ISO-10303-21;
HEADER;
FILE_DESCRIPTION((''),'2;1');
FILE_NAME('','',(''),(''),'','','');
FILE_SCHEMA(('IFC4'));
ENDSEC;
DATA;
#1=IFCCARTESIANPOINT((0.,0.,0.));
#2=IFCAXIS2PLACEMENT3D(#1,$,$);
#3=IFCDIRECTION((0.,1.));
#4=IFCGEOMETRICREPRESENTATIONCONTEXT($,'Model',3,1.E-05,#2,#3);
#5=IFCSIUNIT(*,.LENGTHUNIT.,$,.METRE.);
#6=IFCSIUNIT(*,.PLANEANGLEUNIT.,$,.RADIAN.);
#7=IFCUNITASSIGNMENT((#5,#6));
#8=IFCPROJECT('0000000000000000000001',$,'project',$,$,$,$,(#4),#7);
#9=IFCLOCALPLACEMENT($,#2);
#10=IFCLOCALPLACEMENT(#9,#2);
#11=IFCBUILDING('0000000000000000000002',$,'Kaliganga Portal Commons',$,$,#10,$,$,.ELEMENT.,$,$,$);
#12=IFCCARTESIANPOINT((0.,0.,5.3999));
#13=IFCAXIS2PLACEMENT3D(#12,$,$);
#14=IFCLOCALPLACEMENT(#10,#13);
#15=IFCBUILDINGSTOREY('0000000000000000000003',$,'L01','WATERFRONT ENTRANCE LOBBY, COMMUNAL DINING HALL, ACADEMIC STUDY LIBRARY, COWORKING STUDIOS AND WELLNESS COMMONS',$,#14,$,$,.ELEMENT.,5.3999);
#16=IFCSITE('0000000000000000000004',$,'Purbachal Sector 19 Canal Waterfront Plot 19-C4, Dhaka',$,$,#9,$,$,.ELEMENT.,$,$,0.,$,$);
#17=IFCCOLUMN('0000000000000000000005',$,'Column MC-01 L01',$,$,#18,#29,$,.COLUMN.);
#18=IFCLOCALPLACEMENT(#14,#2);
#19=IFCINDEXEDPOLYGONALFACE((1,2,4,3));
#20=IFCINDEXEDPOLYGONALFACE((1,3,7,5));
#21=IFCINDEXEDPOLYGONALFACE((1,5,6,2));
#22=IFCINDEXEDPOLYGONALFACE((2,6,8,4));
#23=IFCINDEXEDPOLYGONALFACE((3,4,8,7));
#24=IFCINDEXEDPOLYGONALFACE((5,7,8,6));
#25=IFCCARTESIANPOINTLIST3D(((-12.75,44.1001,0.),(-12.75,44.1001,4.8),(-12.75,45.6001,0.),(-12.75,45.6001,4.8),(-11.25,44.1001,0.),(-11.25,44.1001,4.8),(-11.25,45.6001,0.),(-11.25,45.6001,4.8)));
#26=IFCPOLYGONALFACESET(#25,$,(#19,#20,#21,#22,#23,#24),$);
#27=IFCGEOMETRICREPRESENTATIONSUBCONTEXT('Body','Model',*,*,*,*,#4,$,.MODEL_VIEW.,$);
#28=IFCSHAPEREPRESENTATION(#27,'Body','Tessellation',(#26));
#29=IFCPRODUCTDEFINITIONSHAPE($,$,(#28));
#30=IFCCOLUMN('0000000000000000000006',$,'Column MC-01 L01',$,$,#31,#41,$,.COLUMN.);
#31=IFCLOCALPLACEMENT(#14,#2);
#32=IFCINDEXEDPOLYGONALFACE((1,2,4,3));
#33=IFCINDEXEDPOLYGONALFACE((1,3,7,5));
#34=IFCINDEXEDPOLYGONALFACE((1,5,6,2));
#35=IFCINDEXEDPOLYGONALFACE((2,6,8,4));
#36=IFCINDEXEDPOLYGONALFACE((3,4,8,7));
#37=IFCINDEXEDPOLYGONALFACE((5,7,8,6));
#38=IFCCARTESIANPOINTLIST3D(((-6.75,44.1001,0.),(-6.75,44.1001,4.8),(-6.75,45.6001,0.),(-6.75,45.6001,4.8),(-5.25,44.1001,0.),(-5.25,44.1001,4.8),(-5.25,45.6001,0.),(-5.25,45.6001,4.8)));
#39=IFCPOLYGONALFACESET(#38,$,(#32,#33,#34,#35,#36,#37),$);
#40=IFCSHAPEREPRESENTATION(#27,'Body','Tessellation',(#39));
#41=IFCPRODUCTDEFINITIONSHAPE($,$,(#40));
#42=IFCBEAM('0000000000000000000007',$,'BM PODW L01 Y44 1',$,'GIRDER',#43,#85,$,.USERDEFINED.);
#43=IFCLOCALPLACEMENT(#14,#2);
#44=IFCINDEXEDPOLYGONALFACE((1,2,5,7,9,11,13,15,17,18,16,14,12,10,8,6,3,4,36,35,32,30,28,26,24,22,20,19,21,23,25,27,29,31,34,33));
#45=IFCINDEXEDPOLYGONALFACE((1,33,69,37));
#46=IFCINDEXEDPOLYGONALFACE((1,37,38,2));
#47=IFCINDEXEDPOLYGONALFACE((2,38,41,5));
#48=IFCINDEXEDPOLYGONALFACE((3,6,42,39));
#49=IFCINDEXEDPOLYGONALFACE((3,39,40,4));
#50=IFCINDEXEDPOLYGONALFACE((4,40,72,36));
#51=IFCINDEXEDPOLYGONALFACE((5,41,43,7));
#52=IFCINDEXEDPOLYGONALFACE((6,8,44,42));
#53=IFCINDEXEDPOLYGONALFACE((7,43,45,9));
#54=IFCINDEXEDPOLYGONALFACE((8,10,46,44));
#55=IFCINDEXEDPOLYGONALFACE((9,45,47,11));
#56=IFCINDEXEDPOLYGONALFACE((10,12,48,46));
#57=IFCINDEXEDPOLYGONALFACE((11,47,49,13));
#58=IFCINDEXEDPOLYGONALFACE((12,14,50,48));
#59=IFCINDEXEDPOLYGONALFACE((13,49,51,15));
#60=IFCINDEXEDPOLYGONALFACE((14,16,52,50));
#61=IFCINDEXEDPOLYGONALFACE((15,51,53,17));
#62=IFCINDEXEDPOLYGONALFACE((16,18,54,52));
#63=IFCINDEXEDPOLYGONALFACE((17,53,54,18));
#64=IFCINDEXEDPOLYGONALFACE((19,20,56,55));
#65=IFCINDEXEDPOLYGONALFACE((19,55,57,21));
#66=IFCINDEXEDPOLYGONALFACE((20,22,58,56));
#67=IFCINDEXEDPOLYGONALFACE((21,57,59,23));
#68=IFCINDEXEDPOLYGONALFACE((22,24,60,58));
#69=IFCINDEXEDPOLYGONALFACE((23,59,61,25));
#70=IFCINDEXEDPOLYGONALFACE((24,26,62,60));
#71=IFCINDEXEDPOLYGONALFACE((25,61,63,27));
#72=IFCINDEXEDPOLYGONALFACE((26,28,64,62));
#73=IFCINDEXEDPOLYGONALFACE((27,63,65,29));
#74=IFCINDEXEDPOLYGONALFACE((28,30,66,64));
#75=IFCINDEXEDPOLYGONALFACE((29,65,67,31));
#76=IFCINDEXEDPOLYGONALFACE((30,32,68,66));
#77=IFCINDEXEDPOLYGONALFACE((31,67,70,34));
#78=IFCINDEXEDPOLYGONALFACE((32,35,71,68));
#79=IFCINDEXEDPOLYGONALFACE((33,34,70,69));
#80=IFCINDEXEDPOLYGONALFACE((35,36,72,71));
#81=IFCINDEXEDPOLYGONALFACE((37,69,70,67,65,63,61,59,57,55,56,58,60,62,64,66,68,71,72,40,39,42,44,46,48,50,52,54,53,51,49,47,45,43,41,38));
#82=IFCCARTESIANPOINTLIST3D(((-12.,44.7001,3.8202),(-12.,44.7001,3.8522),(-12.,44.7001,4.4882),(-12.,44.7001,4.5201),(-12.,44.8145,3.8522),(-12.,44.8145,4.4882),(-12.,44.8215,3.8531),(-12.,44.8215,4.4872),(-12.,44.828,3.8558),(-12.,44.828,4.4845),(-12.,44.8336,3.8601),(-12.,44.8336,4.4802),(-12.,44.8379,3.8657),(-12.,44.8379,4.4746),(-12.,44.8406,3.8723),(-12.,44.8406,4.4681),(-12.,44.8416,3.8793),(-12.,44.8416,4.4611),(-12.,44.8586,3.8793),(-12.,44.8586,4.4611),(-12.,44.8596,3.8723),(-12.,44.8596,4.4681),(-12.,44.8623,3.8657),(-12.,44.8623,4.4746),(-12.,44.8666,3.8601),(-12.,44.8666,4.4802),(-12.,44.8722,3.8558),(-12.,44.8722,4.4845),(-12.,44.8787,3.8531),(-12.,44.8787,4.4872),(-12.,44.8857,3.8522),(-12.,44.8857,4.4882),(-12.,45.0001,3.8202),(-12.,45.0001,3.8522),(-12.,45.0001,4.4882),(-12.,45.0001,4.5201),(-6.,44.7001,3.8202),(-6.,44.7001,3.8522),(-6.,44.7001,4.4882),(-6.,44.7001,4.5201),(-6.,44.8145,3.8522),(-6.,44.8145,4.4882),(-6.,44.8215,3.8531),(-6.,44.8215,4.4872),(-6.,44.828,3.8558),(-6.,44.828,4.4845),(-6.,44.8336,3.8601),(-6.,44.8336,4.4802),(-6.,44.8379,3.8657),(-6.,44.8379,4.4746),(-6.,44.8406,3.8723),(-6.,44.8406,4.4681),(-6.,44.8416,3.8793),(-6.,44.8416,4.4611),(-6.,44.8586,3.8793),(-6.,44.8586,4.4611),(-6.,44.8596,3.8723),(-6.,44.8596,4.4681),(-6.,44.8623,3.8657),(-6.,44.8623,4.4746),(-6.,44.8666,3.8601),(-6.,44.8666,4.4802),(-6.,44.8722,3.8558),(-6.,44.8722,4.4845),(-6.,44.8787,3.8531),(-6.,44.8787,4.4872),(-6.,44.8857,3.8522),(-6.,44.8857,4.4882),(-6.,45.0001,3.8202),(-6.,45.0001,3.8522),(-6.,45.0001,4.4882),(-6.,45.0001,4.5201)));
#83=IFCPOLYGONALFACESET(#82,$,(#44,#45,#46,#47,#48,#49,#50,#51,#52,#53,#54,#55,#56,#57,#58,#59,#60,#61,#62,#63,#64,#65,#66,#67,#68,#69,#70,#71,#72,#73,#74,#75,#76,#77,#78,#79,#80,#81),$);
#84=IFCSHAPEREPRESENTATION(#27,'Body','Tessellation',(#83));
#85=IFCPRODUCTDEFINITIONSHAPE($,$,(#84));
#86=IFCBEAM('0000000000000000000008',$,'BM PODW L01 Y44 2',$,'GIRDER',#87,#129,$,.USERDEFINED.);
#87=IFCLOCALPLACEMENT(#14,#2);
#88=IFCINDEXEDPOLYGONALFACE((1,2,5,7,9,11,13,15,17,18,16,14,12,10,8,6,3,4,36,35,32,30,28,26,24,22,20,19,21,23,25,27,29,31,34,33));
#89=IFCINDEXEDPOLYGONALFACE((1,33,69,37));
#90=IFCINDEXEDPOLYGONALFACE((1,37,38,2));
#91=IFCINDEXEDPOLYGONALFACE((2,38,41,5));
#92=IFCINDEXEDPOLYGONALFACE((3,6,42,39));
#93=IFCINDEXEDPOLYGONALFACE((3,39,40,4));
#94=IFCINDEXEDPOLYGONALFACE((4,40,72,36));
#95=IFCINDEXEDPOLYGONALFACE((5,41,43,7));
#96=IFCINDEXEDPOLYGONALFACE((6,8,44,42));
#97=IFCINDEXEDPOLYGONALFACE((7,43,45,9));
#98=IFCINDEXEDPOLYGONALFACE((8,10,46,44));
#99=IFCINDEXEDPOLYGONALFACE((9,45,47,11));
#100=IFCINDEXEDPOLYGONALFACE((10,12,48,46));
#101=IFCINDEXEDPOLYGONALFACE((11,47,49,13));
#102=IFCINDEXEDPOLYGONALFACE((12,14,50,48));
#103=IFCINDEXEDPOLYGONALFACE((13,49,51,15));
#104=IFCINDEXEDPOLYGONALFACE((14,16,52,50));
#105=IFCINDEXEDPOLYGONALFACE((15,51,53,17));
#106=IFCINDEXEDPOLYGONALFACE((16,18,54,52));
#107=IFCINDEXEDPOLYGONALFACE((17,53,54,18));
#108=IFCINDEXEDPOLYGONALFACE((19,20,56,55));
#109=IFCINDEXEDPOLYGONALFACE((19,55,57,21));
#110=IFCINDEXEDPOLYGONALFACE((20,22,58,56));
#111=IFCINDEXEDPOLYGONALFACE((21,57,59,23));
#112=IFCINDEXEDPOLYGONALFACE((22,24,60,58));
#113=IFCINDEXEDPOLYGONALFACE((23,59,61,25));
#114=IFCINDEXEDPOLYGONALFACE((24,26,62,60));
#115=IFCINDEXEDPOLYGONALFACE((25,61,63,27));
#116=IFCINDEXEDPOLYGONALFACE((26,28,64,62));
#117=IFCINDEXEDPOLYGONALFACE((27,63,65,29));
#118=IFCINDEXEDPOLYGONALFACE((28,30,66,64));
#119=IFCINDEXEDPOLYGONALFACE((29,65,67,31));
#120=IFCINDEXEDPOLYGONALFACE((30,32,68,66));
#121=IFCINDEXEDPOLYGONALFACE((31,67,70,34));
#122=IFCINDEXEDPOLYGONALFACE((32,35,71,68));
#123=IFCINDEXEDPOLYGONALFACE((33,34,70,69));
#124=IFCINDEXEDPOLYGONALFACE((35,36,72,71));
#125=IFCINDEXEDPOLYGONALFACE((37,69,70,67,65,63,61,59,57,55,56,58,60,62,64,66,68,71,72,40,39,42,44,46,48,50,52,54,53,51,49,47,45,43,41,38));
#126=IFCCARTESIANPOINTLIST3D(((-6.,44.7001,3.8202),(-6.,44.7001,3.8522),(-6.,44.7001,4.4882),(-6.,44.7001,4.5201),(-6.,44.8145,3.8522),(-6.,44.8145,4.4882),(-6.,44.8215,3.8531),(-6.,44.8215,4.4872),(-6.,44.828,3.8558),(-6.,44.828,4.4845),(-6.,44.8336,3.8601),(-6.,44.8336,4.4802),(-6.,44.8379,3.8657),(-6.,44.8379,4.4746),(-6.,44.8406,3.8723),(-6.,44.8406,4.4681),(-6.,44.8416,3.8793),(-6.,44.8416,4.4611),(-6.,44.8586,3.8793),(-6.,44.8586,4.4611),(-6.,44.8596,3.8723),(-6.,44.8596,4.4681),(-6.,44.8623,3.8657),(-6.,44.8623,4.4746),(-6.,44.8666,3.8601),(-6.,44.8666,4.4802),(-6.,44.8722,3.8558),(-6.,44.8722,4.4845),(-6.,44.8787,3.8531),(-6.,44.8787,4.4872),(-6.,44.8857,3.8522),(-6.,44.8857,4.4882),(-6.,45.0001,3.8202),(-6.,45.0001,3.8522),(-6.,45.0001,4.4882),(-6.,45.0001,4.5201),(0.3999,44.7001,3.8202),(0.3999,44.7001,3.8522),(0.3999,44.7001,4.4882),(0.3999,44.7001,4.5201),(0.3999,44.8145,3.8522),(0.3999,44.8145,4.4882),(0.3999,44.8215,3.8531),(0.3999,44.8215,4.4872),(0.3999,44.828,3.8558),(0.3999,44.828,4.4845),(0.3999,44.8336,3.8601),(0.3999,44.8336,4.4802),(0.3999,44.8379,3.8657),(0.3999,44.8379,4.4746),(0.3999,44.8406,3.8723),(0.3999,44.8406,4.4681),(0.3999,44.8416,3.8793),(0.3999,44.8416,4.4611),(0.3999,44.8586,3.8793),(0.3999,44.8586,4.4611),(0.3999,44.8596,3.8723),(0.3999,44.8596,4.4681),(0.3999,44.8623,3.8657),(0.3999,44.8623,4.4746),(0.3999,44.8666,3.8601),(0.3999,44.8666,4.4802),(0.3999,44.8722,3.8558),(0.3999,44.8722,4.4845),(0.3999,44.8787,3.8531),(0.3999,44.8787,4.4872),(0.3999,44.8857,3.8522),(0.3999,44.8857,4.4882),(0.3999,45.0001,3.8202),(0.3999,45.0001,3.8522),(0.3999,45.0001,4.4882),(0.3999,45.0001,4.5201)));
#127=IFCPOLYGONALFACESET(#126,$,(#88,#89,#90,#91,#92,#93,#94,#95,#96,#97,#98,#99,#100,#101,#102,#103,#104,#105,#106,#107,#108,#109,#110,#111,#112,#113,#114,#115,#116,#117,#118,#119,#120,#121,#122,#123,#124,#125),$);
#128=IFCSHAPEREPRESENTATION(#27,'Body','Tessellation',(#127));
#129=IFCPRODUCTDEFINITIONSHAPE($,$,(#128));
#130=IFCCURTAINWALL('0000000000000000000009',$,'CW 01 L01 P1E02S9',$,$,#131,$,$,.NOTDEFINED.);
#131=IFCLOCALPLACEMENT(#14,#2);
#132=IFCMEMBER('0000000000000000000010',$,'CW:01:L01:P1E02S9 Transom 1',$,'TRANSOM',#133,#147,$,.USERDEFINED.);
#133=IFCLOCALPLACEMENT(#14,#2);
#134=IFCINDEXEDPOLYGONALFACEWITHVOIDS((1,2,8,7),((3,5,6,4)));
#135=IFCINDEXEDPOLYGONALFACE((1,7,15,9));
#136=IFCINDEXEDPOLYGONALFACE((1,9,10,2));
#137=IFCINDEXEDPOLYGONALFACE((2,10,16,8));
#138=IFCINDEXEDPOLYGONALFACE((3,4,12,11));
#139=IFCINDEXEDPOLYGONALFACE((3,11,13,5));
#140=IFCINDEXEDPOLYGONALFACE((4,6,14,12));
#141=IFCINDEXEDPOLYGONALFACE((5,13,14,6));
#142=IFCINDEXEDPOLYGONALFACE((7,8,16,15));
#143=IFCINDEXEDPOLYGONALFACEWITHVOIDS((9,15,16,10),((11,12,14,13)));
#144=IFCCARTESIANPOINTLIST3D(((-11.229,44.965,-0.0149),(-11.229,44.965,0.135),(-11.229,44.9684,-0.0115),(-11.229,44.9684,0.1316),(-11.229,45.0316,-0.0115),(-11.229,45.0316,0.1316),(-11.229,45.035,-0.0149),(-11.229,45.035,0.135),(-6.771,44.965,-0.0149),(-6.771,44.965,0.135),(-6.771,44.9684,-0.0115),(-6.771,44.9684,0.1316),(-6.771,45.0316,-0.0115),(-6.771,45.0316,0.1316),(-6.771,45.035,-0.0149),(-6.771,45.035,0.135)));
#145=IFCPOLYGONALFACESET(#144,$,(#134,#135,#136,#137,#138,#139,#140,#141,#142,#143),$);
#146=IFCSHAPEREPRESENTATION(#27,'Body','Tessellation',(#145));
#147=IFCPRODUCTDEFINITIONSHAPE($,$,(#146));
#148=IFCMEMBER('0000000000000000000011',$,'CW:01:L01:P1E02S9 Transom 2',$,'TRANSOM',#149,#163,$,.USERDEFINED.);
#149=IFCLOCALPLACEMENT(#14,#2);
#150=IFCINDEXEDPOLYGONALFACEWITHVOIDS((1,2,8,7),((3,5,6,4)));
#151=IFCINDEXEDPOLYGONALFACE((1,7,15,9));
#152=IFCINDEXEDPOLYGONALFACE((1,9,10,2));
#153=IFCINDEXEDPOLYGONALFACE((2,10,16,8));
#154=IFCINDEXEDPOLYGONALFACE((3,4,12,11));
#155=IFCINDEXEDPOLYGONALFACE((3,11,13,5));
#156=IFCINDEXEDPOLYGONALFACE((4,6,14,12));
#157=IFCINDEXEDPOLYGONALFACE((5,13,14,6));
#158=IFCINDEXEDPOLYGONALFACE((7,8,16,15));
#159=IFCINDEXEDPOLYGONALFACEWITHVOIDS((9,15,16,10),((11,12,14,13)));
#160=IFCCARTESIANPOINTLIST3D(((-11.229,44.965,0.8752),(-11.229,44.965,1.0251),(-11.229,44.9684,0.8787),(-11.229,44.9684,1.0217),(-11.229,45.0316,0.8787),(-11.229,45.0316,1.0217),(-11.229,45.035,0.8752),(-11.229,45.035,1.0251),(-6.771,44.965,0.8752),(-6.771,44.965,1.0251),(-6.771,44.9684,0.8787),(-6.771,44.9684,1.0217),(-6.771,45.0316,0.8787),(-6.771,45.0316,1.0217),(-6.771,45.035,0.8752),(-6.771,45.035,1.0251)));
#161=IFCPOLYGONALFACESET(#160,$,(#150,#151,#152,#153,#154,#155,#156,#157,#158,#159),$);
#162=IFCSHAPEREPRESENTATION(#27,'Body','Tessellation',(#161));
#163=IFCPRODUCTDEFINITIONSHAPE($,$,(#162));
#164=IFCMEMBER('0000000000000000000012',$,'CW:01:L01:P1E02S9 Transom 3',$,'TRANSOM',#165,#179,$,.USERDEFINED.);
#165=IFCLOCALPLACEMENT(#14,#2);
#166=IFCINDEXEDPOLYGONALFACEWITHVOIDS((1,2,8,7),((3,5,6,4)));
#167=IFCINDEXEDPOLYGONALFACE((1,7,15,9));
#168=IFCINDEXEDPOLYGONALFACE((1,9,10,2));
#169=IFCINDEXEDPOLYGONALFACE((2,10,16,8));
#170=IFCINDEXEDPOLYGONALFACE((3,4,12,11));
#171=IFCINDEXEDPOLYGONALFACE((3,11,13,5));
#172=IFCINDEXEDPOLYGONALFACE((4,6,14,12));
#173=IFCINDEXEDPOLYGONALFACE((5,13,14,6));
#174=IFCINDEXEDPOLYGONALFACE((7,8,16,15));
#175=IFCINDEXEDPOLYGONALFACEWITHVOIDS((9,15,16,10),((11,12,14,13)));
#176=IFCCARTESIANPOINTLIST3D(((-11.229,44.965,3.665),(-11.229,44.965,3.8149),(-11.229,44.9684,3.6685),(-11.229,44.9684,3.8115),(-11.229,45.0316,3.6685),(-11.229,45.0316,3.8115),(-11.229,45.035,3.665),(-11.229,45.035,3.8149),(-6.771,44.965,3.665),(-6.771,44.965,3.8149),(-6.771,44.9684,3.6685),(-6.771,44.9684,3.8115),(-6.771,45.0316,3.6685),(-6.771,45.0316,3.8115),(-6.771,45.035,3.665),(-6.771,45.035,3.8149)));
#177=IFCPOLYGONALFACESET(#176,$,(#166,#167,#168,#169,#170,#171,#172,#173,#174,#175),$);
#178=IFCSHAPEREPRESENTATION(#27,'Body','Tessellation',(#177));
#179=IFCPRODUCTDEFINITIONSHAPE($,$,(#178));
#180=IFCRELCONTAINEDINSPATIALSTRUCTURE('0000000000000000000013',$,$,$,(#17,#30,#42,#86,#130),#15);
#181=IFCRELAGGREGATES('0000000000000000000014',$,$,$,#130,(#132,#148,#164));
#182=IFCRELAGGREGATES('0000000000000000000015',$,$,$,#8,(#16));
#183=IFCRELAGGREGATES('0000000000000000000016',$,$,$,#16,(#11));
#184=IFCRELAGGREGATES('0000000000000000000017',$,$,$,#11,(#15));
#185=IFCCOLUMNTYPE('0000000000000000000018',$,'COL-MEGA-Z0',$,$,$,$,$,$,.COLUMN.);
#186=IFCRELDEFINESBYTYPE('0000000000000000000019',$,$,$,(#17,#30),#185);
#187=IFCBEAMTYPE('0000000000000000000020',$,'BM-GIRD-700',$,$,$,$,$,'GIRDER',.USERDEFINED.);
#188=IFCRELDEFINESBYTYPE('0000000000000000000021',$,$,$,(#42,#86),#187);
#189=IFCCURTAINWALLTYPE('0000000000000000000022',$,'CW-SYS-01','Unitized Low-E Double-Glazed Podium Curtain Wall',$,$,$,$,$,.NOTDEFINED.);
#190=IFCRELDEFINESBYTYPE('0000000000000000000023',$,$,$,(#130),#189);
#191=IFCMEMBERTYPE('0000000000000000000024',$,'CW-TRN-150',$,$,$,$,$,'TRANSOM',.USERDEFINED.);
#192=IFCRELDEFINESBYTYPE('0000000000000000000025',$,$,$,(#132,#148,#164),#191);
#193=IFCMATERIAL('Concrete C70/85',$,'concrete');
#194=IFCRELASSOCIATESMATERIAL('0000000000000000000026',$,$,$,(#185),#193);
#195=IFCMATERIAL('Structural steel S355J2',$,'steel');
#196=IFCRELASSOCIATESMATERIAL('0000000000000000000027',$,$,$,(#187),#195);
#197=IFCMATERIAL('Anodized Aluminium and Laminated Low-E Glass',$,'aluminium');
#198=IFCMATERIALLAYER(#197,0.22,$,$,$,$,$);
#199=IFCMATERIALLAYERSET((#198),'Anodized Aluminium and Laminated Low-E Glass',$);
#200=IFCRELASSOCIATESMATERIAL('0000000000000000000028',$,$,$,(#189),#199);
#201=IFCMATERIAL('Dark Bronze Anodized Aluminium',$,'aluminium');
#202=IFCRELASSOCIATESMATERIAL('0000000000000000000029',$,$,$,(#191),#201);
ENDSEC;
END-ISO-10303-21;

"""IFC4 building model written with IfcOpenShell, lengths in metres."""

from ifc_helpers import new_model, si_unit, direction, frame, origin, origin_2d, place, context, subcontext, project, spatial, rectangle, hollow_rectangle, i_section, extrude, source, transform, mapped, material, layer, layer_set, material_profile, profile_set, type_object, element, aggregate, save


model = new_model("IFC4")

# Units and contexts
model_context = context("Model", 3, precision=1e-05, world=origin(), true_north=direction((0.0, 1.0)))
body_context = subcontext(model_context, "Body", "Model", "MODEL_VIEW")
ifc_project = project(units=[si_unit("LENGTHUNIT", "METRE"), si_unit("PLANEANGLEUNIT", "RADIAN")], contexts=[model_context])

# Site, building, storey
site_placement = place(None, origin())
site = spatial("IfcSite", under=ifc_project, at=site_placement, Name="Purbachal Sector 19 Canal Waterfront Plot 19-C4, Dhaka", CompositionType="ELEMENT", RefElevation=0.0)
building_placement = place(site_placement, origin())
building = spatial("IfcBuilding", under=site, at=building_placement, Name="Kaliganga Portal Commons", CompositionType="ELEMENT")
storey_placement = place(building_placement, frame((0.0, 0.0, 5.3999)))
storey = spatial("IfcBuildingStorey", under=building, at=storey_placement, Name="L01", Description="WATERFRONT ENTRANCE LOBBY, COMMUNAL DINING HALL, ACADEMIC STUDY LIBRARY, COWORKING STUDIOS AND WELLNESS COMMONS", CompositionType="ELEMENT", Elevation=5.3999)

# Columns
ifc_material_1 = material(Name="Concrete C70/85", Category="concrete")
ifc_material_profile_1 = material_profile(ifc_material_1, rectangle(XDim=1.5, YDim=1.5, at=origin_2d()), Name="RC 1500x1500")
ifc_profile_set_1 = profile_set([ifc_material_profile_1], Name="Concrete C70/85")
column_type = type_object("IfcColumnType", Name="COL-MEGA-Z0", PredefinedType="COLUMN", material=ifc_profile_set_1)
shared_shape_1 = source(origin(), body_context, "Body", "SweptSolid", [
    extrude(rectangle(XDim=1.5, YDim=1.5, at=origin_2d()), origin(), (0.0, 0.0, 1.0), 4.8),
])
for number, where, z_axis, x_axis, name in (
    (1, (-12.0, 44.8501, 0.0), (0.0, 0.0, 1.0), (1.0, 0.0, 0.0), "Column MC-01 L01"),
    (2, (-6.0, 44.8501, 0.0), (0.0, 0.0, 1.0), (1.0, 0.0, 0.0), "Column MC-01 L01"),
):
    element("IfcColumn", number, at=place(storey_placement, frame(where, z_axis=z_axis, x_axis=x_axis)), inside=storey, type_object=column_type, Name=name, PredefinedType="COLUMN", context=body_context, shape_type="MappedRepresentation", body=[
        mapped(shared_shape_1, transform((0.0, 0.0, 0.0), x_axis=(1.0, 0.0, 0.0), y_axis=(0.0, 1.0, 0.0), z_axis=(0.0, 0.0, 1.0), scale=1.0)),
    ])

# Beams
ifc_material_2 = material(Name="Structural steel S355J2", Category="steel")
ifc_material_profile_2 = material_profile(ifc_material_2, i_section(OverallWidth=0.3, OverallDepth=0.7, WebThickness=0.0171, FlangeThickness=0.032, FilletRadius=0.0271, at=origin_2d()), Name="HE 700 B")
ifc_profile_set_2 = profile_set([ifc_material_profile_2], Name="Structural steel S355J2 wide-flange")
beam_type = type_object("IfcBeamType", Name="BM-GIRD-700", ElementType="GIRDER", PredefinedType="USERDEFINED", material=ifc_profile_set_2)
shared_shape_2 = source(origin(), body_context, "Body", "SweptSolid", [
    extrude(i_section(OverallWidth=0.3, OverallDepth=0.7, WebThickness=0.0171, FlangeThickness=0.032, FilletRadius=0.0271, at=origin_2d()), origin(), (0.0, 0.0, 1.0), 6.0),
])
beam_1_placement = place(storey_placement, frame((-12.0, 44.8501, 4.1702), z_axis=(1.0, 0.0, 0.0), x_axis=(0.0, 1.0, 0.0)))
element("IfcBeam", 3, at=beam_1_placement, inside=storey, type_object=beam_type, Name="BM PODW L01 Y44 1", ObjectType="GIRDER", PredefinedType="USERDEFINED", context=body_context, shape_type="MappedRepresentation", body=[
    mapped(shared_shape_2, transform((0.0, 0.0, 0.0), x_axis=(1.0, 0.0, 0.0), y_axis=(0.0, 1.0, 0.0), z_axis=(0.0, 0.0, 1.0), scale=1.0)),
])
shared_shape_3 = source(origin(), body_context, "Body", "SweptSolid", [
    extrude(i_section(OverallWidth=0.3, OverallDepth=0.7, WebThickness=0.0171, FlangeThickness=0.032, FilletRadius=0.0271, at=origin_2d()), origin(), (0.0, 0.0, 1.0), 6.3999),
])
beam_2_placement = place(storey_placement, frame((-6.0, 44.8501, 4.1702), z_axis=(1.0, 0.0, 0.0), x_axis=(0.0, 1.0, 0.0)))
element("IfcBeam", 4, at=beam_2_placement, inside=storey, type_object=beam_type, Name="BM PODW L01 Y44 2", ObjectType="GIRDER", PredefinedType="USERDEFINED", context=body_context, shape_type="MappedRepresentation", body=[
    mapped(shared_shape_3, transform((0.0, 0.0, 0.0), x_axis=(1.0, 0.0, 0.0), y_axis=(0.0, 1.0, 0.0), z_axis=(0.0, 0.0, 1.0), scale=1.0)),
])

# Curtain wall, members
ifc_material_3 = material(Name="Anodized Aluminium and Laminated Low-E Glass", Category="aluminium")
ifc_layer_1 = layer(ifc_material_3, 0.22)
ifc_layer_set_1 = layer_set([ifc_layer_1], Name="Anodized Aluminium and Laminated Low-E Glass")
curtain_wall_type = type_object("IfcCurtainWallType", Name="CW-SYS-01", Description="Unitized Low-E Double-Glazed Podium Curtain Wall", PredefinedType="NOTDEFINED", material=ifc_layer_set_1)
curtain_wall_1_placement = place(storey_placement, origin())
curtain_wall_1 = element("IfcCurtainWall", 5, at=curtain_wall_1_placement, inside=storey, type_object=curtain_wall_type, Name="CW 01 L01 P1E02S9", PredefinedType="NOTDEFINED")
ifc_material_4 = material(Name="Dark Bronze Anodized Aluminium", Category="aluminium")
ifc_material_profile_3 = material_profile(ifc_material_4, hollow_rectangle(XDim=0.0701, YDim=0.1499, WallThickness=0.0034, at=origin_2d()), Name="ALU TRAN 70x150x3.5")
ifc_profile_set_3 = profile_set([ifc_material_profile_3], Name="Dark Bronze Anodized Aluminium")
member_type_1 = type_object("IfcMemberType", Name="CW-TRN-150", ElementType="TRANSOM", PredefinedType="USERDEFINED", material=ifc_profile_set_3)
shared_shape_4 = source(origin(), body_context, "Body", "SweptSolid", [
    extrude(hollow_rectangle(XDim=0.0701, YDim=0.1499, WallThickness=0.0034, at=origin_2d()), origin(), (0.0, 0.0, 1.0), 4.458),
])
member_1_placement = place(storey_placement, frame((-6.771, 45.0, 0.0601), z_axis=(-1.0, 0.0, 0.0), x_axis=(0.0, -1.0, 0.0)))
member_1 = element("IfcMember", 6, at=member_1_placement, type_object=member_type_1, Name="CW:01:L01:P1E02S9 Transom 1", ObjectType="TRANSOM", PredefinedType="USERDEFINED", context=body_context, shape_type="MappedRepresentation", body=[
    mapped(shared_shape_4, transform((0.0, 0.0, 0.0), x_axis=(1.0, 0.0, 0.0), y_axis=(0.0, 1.0, 0.0), z_axis=(0.0, 0.0, 1.0), scale=1.0)),
])
member_2_placement = place(storey_placement, frame((-6.771, 45.0, 0.9502), z_axis=(-1.0, 0.0, 0.0), x_axis=(0.0, -1.0, 0.0)))
member_2 = element("IfcMember", 7, at=member_2_placement, type_object=member_type_1, Name="CW:01:L01:P1E02S9 Transom 2", ObjectType="TRANSOM", PredefinedType="USERDEFINED", context=body_context, shape_type="MappedRepresentation", body=[
    mapped(shared_shape_4, transform((0.0, 0.0, 0.0), x_axis=(1.0, 0.0, 0.0), y_axis=(0.0, 1.0, 0.0), z_axis=(0.0, 0.0, 1.0), scale=1.0)),
])
member_3_placement = place(storey_placement, frame((-6.771, 45.0, 3.74), z_axis=(-1.0, 0.0, 0.0), x_axis=(0.0, -1.0, 0.0)))
member_3 = element("IfcMember", 8, at=member_3_placement, type_object=member_type_1, Name="CW:01:L01:P1E02S9 Transom 3", ObjectType="TRANSOM", PredefinedType="USERDEFINED", context=body_context, shape_type="MappedRepresentation", body=[
    mapped(shared_shape_4, transform((0.0, 0.0, 0.0), x_axis=(1.0, 0.0, 0.0), y_axis=(0.0, 1.0, 0.0), z_axis=(0.0, 0.0, 1.0), scale=1.0)),
])

aggregate(curtain_wall_1, [member_1, member_2, member_3])

save(model, "model.ifc")
